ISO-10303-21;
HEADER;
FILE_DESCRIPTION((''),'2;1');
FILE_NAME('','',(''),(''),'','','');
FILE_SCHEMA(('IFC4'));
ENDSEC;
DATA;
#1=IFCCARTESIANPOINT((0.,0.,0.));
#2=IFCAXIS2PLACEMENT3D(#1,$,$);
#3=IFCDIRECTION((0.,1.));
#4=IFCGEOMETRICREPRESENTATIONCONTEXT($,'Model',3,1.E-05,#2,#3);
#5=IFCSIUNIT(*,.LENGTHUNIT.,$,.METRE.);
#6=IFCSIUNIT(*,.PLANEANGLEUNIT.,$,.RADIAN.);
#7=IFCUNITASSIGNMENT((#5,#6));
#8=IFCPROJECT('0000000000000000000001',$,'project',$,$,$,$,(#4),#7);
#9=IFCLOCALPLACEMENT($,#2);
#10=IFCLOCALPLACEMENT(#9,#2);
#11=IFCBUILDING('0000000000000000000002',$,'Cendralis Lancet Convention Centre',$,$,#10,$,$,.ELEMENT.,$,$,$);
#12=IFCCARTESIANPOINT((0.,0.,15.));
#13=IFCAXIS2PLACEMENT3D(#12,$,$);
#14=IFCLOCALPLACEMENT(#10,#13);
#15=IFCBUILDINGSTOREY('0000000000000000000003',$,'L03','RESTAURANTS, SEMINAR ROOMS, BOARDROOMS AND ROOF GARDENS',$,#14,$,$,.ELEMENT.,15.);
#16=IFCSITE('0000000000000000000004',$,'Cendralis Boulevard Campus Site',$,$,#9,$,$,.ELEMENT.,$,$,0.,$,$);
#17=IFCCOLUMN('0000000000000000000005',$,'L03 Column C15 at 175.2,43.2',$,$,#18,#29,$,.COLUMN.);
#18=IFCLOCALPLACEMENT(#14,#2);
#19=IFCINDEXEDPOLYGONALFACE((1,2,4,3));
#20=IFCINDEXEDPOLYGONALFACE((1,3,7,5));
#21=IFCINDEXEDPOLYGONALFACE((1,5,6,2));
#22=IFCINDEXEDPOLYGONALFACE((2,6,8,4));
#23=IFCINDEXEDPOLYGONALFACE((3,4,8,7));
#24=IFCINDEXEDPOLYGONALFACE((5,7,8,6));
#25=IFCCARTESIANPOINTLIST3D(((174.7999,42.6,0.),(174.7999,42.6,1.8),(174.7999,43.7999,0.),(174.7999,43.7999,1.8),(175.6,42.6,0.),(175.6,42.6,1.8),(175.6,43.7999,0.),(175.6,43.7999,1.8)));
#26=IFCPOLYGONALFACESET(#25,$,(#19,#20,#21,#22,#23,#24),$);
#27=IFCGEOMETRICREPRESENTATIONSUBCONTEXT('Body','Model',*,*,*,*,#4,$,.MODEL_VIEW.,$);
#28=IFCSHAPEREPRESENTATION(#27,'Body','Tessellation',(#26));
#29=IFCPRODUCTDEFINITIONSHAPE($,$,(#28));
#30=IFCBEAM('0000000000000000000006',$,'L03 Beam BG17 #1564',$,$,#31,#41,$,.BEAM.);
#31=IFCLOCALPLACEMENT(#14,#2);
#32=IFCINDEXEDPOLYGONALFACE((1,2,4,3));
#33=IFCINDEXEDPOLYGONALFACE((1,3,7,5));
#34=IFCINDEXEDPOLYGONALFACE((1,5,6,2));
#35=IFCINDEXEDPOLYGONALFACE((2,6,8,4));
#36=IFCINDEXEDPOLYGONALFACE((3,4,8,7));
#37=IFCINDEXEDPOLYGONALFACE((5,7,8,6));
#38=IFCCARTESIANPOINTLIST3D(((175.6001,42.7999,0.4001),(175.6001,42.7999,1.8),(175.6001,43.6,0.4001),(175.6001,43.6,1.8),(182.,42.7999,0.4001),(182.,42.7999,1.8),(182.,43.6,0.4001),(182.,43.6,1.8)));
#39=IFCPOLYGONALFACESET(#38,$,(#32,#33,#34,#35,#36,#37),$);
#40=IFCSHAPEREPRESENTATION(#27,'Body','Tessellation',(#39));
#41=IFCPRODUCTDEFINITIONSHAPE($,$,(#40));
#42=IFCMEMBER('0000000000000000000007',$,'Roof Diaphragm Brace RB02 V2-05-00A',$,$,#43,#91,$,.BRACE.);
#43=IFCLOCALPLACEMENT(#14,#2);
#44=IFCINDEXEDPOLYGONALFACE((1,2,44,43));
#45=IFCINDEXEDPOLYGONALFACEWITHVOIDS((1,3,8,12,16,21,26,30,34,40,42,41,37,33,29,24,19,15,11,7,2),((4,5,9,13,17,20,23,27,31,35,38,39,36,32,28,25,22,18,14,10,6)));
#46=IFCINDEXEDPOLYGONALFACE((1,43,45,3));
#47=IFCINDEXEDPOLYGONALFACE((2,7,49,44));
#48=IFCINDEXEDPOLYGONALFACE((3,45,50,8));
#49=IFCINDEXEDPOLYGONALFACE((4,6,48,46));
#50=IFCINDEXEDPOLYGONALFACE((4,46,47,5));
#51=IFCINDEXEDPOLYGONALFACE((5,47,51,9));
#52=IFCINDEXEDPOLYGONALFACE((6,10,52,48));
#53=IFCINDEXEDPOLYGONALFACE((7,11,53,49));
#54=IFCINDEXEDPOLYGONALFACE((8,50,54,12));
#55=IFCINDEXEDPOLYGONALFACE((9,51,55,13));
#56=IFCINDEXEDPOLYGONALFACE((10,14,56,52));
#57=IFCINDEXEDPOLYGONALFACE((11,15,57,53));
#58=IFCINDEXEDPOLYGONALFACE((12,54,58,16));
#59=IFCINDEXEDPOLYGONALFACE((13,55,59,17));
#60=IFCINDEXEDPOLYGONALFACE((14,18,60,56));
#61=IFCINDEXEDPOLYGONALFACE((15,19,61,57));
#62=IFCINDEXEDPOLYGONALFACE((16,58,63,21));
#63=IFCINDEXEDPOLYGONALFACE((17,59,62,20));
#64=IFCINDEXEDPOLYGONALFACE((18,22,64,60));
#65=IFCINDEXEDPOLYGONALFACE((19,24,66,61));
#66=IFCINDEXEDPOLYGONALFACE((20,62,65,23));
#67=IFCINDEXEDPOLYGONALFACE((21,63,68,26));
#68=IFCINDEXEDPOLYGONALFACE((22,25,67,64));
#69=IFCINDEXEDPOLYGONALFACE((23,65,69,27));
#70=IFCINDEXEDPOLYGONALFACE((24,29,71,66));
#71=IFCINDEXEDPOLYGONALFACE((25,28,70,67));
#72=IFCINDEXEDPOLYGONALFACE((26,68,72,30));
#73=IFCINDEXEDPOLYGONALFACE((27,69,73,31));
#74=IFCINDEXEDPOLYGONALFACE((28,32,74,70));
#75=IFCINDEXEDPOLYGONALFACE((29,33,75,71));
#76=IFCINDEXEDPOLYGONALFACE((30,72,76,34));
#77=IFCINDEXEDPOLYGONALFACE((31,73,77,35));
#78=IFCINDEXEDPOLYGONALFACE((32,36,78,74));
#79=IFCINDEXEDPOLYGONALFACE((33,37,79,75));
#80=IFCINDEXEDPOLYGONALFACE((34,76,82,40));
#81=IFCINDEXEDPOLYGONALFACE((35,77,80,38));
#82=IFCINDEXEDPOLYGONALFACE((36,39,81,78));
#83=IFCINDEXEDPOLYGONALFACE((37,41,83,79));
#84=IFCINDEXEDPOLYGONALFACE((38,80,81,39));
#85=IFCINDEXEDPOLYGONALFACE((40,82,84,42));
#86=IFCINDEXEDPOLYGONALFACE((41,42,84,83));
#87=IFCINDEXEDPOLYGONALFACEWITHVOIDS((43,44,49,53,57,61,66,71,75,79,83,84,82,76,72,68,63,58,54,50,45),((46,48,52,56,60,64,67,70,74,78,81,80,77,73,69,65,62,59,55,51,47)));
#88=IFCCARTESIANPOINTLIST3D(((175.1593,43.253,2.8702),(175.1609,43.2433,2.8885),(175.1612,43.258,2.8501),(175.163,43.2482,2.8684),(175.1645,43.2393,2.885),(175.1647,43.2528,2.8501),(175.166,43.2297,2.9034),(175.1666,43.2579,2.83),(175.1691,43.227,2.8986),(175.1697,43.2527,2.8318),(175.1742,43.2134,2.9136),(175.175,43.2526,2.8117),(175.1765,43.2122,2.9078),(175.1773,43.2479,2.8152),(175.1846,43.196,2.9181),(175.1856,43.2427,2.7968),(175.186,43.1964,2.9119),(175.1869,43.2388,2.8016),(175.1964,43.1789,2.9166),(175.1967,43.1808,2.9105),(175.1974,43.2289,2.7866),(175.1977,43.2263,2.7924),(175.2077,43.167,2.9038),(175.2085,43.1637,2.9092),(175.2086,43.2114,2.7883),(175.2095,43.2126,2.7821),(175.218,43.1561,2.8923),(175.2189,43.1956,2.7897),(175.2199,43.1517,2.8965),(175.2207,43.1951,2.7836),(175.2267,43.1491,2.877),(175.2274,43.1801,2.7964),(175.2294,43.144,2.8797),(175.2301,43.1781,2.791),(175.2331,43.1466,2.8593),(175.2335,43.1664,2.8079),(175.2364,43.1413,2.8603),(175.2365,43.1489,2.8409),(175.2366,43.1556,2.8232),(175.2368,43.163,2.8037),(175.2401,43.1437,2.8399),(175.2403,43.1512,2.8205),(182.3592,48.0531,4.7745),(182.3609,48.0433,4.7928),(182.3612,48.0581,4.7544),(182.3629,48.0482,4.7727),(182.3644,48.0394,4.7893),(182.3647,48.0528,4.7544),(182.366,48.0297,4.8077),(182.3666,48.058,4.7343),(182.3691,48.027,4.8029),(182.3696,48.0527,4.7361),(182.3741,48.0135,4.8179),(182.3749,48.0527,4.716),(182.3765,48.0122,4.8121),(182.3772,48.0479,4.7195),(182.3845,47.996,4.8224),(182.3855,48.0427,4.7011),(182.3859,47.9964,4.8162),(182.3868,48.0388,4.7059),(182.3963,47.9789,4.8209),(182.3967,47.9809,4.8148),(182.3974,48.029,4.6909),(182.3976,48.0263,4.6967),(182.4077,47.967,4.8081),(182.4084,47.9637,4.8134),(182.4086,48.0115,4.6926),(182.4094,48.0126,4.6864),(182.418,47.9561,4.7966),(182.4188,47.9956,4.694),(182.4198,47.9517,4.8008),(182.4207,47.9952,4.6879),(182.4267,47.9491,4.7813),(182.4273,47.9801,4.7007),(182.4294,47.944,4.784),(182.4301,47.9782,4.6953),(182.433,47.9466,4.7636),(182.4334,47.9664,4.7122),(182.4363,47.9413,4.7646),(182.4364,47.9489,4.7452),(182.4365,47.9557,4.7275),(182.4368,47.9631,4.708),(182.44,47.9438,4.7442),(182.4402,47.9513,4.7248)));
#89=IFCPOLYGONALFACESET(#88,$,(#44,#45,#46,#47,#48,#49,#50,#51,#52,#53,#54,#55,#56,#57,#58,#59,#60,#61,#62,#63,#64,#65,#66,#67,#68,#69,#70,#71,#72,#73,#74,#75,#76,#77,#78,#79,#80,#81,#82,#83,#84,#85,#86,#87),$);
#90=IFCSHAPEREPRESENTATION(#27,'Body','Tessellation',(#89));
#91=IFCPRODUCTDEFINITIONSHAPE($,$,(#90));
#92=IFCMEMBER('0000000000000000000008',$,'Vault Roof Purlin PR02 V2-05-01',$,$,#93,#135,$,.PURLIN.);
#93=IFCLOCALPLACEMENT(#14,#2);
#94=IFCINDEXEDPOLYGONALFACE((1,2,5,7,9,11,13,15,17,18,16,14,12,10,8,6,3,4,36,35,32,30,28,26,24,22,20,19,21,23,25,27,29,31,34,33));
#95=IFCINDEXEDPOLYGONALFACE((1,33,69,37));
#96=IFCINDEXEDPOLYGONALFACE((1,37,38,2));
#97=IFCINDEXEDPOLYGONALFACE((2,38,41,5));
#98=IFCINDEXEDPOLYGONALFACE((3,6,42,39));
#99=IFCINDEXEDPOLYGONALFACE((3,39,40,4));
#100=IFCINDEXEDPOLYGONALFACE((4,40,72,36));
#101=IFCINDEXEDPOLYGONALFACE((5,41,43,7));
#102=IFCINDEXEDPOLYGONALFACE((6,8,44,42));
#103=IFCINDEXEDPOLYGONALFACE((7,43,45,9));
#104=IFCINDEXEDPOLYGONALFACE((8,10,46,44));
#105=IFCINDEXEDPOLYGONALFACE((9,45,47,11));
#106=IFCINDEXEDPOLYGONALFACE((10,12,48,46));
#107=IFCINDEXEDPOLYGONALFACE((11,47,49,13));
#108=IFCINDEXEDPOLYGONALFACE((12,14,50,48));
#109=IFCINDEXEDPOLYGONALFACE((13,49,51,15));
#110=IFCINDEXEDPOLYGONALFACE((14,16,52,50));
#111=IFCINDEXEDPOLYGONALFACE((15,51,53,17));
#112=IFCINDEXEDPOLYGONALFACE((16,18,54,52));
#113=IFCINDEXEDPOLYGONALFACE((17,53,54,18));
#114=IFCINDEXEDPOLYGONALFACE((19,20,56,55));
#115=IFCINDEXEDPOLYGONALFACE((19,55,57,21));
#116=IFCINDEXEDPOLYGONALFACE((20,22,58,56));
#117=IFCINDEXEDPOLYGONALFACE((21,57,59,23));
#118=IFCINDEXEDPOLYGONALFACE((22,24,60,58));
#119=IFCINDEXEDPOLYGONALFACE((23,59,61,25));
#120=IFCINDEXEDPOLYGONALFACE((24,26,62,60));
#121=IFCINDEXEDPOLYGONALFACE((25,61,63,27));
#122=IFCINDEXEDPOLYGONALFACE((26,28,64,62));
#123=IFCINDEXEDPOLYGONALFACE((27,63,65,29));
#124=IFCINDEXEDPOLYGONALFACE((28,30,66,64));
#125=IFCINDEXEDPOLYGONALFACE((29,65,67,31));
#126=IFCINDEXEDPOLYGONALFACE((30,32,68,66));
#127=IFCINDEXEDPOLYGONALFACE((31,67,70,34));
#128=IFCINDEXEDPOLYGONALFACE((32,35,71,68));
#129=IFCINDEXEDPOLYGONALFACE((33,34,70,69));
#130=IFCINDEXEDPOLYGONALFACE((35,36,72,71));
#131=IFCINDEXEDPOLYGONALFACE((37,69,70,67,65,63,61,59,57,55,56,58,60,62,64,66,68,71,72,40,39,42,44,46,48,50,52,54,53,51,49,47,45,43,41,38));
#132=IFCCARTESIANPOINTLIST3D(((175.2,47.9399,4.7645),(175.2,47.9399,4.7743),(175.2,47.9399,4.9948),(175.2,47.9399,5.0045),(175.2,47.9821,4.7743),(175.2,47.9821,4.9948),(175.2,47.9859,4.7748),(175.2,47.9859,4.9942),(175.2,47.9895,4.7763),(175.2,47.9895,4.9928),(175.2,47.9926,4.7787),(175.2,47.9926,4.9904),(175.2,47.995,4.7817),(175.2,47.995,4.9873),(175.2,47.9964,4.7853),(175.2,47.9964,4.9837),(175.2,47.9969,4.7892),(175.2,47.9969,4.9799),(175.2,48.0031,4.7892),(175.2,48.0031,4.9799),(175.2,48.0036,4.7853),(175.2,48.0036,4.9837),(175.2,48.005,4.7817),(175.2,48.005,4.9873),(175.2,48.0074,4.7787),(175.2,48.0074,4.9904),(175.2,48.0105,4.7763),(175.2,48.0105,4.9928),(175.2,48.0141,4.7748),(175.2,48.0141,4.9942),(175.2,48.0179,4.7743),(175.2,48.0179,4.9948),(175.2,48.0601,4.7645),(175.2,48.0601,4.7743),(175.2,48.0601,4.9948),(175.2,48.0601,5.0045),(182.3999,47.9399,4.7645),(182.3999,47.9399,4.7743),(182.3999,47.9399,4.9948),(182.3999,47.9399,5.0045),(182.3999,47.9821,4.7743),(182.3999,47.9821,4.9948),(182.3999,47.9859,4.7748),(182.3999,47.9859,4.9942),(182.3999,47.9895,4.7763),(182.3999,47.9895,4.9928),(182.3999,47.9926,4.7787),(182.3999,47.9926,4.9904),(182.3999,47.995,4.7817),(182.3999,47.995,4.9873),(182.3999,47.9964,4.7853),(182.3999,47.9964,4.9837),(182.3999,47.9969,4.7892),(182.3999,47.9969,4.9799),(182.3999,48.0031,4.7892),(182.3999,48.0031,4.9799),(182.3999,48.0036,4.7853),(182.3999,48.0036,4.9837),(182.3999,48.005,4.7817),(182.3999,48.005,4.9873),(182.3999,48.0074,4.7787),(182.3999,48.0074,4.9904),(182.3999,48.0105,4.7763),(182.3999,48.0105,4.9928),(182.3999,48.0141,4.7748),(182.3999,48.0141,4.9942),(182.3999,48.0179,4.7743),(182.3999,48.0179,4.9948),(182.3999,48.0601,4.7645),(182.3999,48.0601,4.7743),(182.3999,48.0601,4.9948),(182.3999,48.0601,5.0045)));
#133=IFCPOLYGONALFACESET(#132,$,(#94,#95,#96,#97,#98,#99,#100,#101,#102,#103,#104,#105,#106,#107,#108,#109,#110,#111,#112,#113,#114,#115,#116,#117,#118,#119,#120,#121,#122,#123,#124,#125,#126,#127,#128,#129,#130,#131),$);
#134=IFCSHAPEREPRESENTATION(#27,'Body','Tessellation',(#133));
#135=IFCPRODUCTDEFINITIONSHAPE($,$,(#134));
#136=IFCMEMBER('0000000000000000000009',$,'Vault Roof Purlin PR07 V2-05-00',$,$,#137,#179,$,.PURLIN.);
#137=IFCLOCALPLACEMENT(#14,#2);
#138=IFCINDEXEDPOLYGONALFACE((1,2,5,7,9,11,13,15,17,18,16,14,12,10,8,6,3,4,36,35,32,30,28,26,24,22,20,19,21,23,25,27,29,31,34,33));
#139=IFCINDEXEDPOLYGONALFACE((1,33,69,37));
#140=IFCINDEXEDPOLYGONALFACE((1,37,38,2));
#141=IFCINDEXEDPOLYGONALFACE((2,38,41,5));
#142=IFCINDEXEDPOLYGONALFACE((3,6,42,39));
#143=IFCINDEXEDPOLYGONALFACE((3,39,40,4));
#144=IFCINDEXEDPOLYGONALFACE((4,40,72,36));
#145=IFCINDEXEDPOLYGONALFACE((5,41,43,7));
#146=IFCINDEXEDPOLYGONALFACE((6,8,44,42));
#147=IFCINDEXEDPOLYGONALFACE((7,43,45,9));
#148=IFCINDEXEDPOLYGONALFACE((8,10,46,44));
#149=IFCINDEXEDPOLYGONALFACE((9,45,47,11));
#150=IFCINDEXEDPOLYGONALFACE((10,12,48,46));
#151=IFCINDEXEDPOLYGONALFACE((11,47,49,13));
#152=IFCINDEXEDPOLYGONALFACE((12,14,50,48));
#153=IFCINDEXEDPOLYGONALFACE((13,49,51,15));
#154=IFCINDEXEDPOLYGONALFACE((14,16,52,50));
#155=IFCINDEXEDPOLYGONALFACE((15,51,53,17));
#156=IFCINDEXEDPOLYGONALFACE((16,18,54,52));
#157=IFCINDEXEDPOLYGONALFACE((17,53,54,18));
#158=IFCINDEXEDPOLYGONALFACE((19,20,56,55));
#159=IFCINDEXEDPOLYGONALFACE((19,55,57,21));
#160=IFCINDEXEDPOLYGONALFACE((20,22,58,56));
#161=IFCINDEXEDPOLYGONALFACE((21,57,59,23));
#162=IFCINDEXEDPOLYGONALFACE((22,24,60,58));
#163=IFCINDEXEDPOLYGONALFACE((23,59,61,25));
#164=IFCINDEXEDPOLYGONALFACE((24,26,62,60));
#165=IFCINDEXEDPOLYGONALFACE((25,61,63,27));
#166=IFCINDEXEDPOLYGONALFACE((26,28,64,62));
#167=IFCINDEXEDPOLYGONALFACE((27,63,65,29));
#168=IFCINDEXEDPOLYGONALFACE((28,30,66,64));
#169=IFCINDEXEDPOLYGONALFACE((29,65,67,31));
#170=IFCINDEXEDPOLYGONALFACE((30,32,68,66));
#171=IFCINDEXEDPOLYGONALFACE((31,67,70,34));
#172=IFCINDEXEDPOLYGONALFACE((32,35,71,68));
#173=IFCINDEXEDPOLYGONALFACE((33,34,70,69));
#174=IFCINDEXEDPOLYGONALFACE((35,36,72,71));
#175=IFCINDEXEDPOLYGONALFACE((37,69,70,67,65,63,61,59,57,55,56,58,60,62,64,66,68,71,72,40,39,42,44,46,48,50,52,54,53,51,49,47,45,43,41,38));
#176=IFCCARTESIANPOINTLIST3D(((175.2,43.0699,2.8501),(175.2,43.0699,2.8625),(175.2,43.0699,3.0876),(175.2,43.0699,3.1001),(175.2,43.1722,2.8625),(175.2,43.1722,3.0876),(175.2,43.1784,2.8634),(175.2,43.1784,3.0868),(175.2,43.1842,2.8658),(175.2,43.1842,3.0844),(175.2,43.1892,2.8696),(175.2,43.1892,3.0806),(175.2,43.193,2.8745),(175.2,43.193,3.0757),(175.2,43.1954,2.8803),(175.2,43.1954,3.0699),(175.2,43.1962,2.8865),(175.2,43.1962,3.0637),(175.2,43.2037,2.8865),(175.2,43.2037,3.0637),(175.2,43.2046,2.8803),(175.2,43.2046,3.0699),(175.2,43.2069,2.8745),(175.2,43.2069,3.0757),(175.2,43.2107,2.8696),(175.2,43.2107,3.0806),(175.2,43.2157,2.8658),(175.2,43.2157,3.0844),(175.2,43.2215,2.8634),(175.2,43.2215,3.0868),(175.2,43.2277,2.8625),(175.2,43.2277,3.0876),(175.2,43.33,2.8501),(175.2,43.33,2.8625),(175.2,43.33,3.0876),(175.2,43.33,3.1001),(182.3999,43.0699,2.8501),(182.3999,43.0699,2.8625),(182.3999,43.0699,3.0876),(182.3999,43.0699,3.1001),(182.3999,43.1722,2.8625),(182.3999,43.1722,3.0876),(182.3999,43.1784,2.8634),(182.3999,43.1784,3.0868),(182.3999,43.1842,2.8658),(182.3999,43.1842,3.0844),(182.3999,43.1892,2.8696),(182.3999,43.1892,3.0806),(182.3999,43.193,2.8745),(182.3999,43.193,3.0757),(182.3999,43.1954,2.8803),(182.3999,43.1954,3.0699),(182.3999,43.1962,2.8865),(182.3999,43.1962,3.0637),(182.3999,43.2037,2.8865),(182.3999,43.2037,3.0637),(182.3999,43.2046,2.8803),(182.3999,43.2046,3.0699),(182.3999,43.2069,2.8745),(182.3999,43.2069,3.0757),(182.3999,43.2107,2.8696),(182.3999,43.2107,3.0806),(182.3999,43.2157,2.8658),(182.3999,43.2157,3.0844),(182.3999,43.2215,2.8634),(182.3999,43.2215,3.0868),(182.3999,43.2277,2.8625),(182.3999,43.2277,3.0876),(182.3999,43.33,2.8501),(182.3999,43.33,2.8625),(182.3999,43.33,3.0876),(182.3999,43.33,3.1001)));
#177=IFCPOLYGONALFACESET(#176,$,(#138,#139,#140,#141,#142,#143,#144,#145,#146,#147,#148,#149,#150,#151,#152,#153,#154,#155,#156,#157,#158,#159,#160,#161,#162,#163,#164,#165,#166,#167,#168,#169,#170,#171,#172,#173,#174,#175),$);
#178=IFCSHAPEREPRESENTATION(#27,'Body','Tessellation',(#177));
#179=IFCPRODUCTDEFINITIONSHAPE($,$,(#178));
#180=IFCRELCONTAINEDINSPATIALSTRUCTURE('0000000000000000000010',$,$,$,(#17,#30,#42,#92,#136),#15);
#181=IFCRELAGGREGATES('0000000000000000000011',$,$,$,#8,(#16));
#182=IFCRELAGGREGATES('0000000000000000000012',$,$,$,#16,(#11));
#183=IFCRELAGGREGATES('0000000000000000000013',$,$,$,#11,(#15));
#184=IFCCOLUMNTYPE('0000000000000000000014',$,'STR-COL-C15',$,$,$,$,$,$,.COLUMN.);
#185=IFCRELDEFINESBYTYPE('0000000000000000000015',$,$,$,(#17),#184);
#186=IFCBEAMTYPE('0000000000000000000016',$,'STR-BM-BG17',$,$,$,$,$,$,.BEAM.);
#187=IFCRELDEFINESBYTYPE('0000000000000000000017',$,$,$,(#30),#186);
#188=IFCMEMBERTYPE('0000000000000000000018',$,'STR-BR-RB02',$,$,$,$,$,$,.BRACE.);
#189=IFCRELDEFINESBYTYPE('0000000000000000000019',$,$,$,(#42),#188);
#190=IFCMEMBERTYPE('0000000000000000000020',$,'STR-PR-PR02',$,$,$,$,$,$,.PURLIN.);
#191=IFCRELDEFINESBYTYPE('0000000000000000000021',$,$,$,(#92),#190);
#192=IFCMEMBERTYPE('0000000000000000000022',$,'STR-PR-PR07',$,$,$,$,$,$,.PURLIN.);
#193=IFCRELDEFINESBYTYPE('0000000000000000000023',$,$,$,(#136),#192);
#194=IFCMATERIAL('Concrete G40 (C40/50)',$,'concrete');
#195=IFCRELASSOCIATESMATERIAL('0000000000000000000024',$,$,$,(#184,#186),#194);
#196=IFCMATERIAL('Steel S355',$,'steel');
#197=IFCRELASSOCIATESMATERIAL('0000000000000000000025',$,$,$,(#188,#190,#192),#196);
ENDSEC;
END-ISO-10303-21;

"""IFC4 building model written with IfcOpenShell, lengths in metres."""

from ifc_helpers import new_model, si_unit, direction, frame, origin, origin_2d, place, context, subcontext, project, spatial, rectangle, hollow_circle, i_section, extrude, material, material_profile, profile_set, type_object, element, save


model = new_model("IFC4")

# Units and contexts
model_context = context("Model", 3, precision=1e-05, world=origin(), true_north=direction((0.0, 1.0)))
body_context = subcontext(model_context, "Body", "Model", "MODEL_VIEW")
ifc_project = project(units=[si_unit("LENGTHUNIT", "METRE"), si_unit("PLANEANGLEUNIT", "RADIAN")], contexts=[model_context])

# Site, building, storey
site_placement = place(None, origin())
site = spatial("IfcSite", under=ifc_project, at=site_placement, Name="Cendralis Boulevard Campus Site", CompositionType="ELEMENT", RefElevation=0.0)
building_placement = place(site_placement, origin())
building = spatial("IfcBuilding", under=site, at=building_placement, Name="Cendralis Lancet Convention Centre", CompositionType="ELEMENT")
storey_placement = place(building_placement, frame((0.0, 0.0, 15.0)))
storey = spatial("IfcBuildingStorey", under=building, at=storey_placement, Name="L03", Description="RESTAURANTS, SEMINAR ROOMS, BOARDROOMS AND ROOF GARDENS", CompositionType="ELEMENT", Elevation=15.0)

# Column
ifc_material_1 = material(Name="Concrete G40 (C40/50)", Category="concrete")
ifc_material_profile_1 = material_profile(ifc_material_1, rectangle(XDim=0.8, YDim=1.2, at=origin_2d()), Name="RC 800x1200")
ifc_profile_set_1 = profile_set([ifc_material_profile_1], Name="Concrete G40 (C40/50)")
column_type = type_object("IfcColumnType", Name="STR-COL-C15", PredefinedType="COLUMN", material=ifc_profile_set_1)
column_placement = place(storey_placement, frame((175.2, 43.2, 0.0), z_axis=(0.0, 0.0, 1.0), x_axis=(1.0, 0.0, 0.0)))
element("IfcColumn", 1, at=column_placement, inside=storey, type_object=column_type, Name="L03 Column C15 at 175.2,43.2", PredefinedType="COLUMN", context=body_context, shape_type="SweptSolid", body=[
    extrude(rectangle(XDim=0.8, YDim=1.2, at=origin_2d()), origin(), (0.0, 0.0, 1.0), 1.8),
])

# Beam
ifc_material_profile_2 = material_profile(ifc_material_1, rectangle(XDim=0.8, YDim=1.3999, at=origin_2d()), Name="RCB 800x1400")
ifc_profile_set_2 = profile_set([ifc_material_profile_2], Name="Concrete G40 (C40/50)")
beam_type_1 = type_object("IfcBeamType", Name="STR-BM-BG17", PredefinedType="BEAM", material=ifc_profile_set_2)
beam_1_placement = place(storey_placement, frame((175.6001, 43.2, 1.1001), z_axis=(1.0, 0.0, 0.0), x_axis=(0.0, 1.0, 0.0)))
element("IfcBeam", 2, at=beam_1_placement, inside=storey, type_object=beam_type_1, Name="L03 Beam BG17 #1564", PredefinedType="BEAM", context=body_context, shape_type="SweptSolid", body=[
    extrude(rectangle(XDim=0.8, YDim=1.3999, at=origin_2d()), origin(), (0.0, 0.0, 1.0), 6.3999),
])

# Members
ifc_material_2 = material(Name="Steel S355", Category="steel")
ifc_material_profile_3 = material_profile(ifc_material_2, hollow_circle(Radius=0.0698, WallThickness=0.0063, at=origin_2d()), Name="CHS 139.7x6.3")
ifc_profile_set_3 = profile_set([ifc_material_profile_3], Name="Steel S355")
member_type_1 = type_object("IfcMemberType", Name="STR-BR-RB02", PredefinedType="BRACE", material=ifc_profile_set_3)
member_1_placement = place(storey_placement, frame((175.2, 43.2, 2.8501), z_axis=(0.812602, 0.541744, 0.214923), x_axis=(-0.554707, 0.832046, 0.0)))
element("IfcMember", 3, at=member_1_placement, inside=storey, type_object=member_type_1, Name="Roof Diaphragm Brace RB02 V2-05-00A", PredefinedType="BRACE", context=body_context, shape_type="SweptSolid", body=[
    extrude(hollow_circle(Radius=0.0698, WallThickness=0.0063, at=origin_2d()), origin(), (0.0, 0.0, 1.0), 8.8604),
])
ifc_material_profile_4 = material_profile(ifc_material_2, i_section(OverallWidth=0.1201, OverallDepth=0.24, WebThickness=0.0061, FlangeThickness=0.0098, FilletRadius=0.0149, at=origin_2d()), Name="IPE 240")
ifc_profile_set_4 = profile_set([ifc_material_profile_4], Name="Steel S355")
member_type_2 = type_object("IfcMemberType", Name="STR-PR-PR02", PredefinedType="PURLIN", material=ifc_profile_set_4)
member_2_placement = place(storey_placement, frame((175.2, 48.0, 4.8845), z_axis=(1.0, 0.0, 0.0), x_axis=(0.0, 1.0, 0.0)))
element("IfcMember", 4, at=member_2_placement, inside=storey, type_object=member_type_2, Name="Vault Roof Purlin PR02 V2-05-01", PredefinedType="PURLIN", context=body_context, shape_type="SweptSolid", body=[
    extrude(i_section(OverallWidth=0.1201, OverallDepth=0.24, WebThickness=0.0061, FlangeThickness=0.0098, FilletRadius=0.0149, at=origin_2d()), origin(), (0.0, 0.0, 1.0), 7.2),
])
ifc_material_profile_5 = material_profile(ifc_material_2, i_section(OverallWidth=0.26, OverallDepth=0.25, WebThickness=0.0076, FlangeThickness=0.0125, FilletRadius=0.0239, at=origin_2d()), Name="HEA 260")
ifc_profile_set_5 = profile_set([ifc_material_profile_5], Name="Steel S355")
member_type_3 = type_object("IfcMemberType", Name="STR-PR-PR07", PredefinedType="PURLIN", material=ifc_profile_set_5)
member_3_placement = place(storey_placement, frame((175.2, 43.2, 2.9751), z_axis=(1.0, 0.0, 0.0), x_axis=(0.0, 1.0, 0.0)))
element("IfcMember", 5, at=member_3_placement, inside=storey, type_object=member_type_3, Name="Vault Roof Purlin PR07 V2-05-00", PredefinedType="PURLIN", context=body_context, shape_type="SweptSolid", body=[
    extrude(i_section(OverallWidth=0.26, OverallDepth=0.25, WebThickness=0.0076, FlangeThickness=0.0125, FilletRadius=0.0239, at=origin_2d()), origin(), (0.0, 0.0, 1.0), 7.2),
])

save(model, "model.ifc")
